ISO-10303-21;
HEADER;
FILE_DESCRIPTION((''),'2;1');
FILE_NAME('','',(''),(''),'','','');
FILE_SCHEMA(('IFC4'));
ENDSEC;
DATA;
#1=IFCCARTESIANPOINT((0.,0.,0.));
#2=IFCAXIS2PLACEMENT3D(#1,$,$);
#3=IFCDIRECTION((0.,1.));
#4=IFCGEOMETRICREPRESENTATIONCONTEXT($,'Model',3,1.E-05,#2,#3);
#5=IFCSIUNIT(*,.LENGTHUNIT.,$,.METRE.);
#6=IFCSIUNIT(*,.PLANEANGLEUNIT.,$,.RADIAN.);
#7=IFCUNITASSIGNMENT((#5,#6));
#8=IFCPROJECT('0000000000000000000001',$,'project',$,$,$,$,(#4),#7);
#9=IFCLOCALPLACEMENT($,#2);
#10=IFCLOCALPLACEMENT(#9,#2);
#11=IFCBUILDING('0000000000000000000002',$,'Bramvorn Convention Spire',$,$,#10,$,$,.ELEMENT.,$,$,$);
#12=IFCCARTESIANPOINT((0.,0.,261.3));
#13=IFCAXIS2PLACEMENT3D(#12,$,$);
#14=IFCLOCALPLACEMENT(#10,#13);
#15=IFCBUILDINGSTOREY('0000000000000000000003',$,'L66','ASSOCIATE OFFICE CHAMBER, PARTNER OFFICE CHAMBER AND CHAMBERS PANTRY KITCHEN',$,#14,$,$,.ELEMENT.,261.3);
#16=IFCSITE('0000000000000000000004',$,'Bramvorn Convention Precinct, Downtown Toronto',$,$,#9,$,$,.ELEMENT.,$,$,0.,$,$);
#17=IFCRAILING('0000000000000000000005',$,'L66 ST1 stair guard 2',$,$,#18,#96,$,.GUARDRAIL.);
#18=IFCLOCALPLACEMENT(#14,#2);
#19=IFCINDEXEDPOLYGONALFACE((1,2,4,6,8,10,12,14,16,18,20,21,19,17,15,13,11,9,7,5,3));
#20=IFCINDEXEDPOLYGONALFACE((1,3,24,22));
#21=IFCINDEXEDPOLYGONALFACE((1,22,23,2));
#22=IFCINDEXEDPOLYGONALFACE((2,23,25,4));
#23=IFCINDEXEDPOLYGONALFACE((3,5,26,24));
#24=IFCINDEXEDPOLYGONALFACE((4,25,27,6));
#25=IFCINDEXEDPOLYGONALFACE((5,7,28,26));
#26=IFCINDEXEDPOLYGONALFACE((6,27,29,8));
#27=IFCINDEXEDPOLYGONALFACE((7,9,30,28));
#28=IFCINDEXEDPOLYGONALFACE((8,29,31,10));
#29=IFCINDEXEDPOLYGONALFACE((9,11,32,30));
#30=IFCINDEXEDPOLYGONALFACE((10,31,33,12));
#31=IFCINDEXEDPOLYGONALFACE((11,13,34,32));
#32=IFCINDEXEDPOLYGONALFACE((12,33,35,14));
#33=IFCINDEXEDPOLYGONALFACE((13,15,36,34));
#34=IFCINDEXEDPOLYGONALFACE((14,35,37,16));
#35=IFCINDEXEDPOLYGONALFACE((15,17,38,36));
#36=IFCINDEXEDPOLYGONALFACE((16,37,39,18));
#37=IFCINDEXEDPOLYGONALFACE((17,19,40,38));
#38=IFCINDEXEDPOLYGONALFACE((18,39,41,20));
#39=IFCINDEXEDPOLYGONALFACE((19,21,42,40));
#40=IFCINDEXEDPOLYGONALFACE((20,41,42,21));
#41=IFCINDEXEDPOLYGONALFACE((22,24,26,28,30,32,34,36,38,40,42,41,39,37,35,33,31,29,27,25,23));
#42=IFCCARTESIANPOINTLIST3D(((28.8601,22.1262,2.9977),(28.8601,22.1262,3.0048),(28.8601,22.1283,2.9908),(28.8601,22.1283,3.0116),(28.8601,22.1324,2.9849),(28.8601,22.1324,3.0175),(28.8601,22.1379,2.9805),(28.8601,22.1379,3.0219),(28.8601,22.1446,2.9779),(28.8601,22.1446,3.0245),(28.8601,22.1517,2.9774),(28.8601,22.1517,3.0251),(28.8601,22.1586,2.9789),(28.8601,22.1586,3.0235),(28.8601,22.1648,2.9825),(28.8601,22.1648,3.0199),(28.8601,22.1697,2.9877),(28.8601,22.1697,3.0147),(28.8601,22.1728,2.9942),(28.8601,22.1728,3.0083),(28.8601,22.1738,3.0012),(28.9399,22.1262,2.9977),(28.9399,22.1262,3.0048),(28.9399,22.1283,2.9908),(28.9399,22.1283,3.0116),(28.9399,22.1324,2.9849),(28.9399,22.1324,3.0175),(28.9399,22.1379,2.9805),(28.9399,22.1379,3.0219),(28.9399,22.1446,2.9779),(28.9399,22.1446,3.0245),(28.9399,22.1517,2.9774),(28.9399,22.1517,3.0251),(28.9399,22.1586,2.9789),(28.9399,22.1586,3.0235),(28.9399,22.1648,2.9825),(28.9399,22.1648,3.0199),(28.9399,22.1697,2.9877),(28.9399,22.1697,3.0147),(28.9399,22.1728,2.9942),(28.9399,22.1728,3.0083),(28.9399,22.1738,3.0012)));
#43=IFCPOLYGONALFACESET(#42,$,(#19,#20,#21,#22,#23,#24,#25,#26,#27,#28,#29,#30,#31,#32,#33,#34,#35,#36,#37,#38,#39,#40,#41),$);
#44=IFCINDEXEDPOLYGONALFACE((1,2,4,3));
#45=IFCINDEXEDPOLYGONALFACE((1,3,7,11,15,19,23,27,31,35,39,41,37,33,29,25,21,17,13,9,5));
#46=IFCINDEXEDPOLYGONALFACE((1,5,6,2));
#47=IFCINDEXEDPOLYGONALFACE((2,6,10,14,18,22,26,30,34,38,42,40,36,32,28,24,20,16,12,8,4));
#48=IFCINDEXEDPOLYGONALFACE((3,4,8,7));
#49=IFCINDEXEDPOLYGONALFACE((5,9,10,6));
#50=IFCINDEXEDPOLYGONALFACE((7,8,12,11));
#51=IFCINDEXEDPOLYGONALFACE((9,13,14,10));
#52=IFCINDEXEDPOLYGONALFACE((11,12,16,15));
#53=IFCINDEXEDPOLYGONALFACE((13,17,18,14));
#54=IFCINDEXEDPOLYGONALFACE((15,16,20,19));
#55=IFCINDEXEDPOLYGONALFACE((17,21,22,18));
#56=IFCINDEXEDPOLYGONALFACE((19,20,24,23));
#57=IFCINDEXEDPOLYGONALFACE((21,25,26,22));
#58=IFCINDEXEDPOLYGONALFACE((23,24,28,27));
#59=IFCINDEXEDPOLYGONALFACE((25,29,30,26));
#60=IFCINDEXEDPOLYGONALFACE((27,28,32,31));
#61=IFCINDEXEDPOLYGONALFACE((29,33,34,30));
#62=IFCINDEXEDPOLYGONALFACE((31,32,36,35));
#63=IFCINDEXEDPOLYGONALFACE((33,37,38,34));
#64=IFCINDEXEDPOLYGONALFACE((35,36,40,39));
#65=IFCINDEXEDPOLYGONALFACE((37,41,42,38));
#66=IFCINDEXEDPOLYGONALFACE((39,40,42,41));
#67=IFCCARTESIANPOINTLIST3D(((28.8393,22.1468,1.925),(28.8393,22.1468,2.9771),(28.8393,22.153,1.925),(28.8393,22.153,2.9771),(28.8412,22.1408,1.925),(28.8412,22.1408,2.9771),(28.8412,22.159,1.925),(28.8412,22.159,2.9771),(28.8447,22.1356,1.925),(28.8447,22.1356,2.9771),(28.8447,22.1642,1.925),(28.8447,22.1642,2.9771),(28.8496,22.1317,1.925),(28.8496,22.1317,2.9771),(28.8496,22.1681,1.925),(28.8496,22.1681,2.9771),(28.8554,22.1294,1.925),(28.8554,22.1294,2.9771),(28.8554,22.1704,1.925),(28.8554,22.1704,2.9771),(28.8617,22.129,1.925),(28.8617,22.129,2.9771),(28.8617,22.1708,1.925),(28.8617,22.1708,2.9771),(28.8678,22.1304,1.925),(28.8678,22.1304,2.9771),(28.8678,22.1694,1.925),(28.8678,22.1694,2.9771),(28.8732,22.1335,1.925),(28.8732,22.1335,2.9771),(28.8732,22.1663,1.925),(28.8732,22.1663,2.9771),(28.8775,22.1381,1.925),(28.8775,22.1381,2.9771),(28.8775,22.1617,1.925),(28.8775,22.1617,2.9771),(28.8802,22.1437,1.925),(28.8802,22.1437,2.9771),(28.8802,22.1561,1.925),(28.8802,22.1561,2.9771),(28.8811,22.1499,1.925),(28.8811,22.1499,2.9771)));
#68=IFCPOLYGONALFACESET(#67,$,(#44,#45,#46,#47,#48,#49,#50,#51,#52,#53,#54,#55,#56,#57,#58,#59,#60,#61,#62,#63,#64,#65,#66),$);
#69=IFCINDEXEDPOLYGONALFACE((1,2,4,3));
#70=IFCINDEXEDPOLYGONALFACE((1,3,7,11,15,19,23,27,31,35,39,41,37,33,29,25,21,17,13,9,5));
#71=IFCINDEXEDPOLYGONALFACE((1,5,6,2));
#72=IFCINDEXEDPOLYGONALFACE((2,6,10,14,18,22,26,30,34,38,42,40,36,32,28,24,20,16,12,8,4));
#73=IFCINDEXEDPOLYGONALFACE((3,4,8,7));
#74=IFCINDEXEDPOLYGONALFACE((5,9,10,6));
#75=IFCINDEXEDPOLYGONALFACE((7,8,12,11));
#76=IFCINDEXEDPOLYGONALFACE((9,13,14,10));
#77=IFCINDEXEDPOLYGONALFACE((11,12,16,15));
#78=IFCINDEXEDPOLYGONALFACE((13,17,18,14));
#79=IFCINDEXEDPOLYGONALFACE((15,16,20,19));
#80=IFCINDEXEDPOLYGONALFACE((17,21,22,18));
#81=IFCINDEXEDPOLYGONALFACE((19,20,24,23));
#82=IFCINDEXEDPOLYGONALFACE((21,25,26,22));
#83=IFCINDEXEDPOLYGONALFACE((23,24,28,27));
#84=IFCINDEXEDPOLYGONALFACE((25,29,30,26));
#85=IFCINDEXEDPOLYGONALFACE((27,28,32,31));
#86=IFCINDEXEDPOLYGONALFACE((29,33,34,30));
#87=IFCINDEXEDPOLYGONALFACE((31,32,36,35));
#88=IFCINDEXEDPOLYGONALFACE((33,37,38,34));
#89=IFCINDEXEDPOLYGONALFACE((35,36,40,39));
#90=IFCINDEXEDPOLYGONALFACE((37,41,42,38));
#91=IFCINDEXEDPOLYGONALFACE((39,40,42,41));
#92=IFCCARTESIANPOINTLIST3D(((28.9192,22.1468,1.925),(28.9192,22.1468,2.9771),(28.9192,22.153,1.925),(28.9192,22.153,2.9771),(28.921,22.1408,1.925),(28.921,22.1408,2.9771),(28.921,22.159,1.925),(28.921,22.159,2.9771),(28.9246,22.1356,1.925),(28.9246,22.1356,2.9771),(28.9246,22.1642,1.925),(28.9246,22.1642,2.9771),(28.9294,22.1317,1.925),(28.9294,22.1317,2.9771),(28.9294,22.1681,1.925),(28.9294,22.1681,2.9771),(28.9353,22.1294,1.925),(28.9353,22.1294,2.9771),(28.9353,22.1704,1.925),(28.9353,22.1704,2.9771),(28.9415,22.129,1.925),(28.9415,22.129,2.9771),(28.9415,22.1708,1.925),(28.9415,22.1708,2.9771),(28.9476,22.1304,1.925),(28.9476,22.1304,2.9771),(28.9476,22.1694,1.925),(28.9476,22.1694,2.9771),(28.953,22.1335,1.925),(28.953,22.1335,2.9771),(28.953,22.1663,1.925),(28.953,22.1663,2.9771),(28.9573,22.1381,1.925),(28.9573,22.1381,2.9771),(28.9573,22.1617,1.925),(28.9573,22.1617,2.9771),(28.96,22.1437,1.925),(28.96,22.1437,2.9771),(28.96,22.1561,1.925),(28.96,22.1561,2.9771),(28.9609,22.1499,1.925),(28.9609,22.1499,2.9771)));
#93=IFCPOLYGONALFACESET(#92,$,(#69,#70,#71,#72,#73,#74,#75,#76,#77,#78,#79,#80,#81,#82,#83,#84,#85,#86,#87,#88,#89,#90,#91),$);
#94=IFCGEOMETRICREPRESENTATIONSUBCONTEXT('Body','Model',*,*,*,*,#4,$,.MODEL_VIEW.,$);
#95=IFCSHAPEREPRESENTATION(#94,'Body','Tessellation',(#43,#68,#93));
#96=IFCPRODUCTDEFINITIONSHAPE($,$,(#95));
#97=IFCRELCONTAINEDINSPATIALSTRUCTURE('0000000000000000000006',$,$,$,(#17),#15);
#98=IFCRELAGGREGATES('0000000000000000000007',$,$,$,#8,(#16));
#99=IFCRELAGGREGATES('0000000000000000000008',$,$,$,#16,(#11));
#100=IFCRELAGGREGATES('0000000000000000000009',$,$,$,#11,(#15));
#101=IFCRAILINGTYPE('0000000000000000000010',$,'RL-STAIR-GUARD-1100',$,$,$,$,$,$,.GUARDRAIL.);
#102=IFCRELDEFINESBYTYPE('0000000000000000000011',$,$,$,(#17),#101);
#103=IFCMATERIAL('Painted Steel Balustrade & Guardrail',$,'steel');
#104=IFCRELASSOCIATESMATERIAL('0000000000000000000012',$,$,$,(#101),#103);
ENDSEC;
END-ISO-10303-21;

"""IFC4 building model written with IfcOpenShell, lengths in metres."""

from ifc_helpers import new_model, si_unit, direction, frame, origin, origin_2d, place, context, subcontext, project, spatial, circle, extrude, material, type_object, element, save


model = new_model("IFC4")

# Units and contexts
model_context = context("Model", 3, precision=1e-05, world=origin(), true_north=direction((0.0, 1.0)))
body_context = subcontext(model_context, "Body", "Model", "MODEL_VIEW")
ifc_project = project(units=[si_unit("LENGTHUNIT", "METRE"), si_unit("PLANEANGLEUNIT", "RADIAN")], contexts=[model_context])

# Site, building, storey
site_placement = place(None, origin())
site = spatial("IfcSite", under=ifc_project, at=site_placement, Name="Bramvorn Convention Precinct, Downtown Toronto", CompositionType="ELEMENT", RefElevation=0.0)
building_placement = place(site_placement, origin())
building = spatial("IfcBuilding", under=site, at=building_placement, Name="Bramvorn Convention Spire", CompositionType="ELEMENT")
storey_placement = place(building_placement, frame((0.0, 0.0, 261.3)))
storey = spatial("IfcBuildingStorey", under=building, at=storey_placement, Name="L66", Description="ASSOCIATE OFFICE CHAMBER, PARTNER OFFICE CHAMBER AND CHAMBERS PANTRY KITCHEN", CompositionType="ELEMENT", Elevation=261.3)

# Railing
ifc_material_1 = material(Name="Painted Steel Balustrade & Guardrail", Category="steel")
railing_type_1 = type_object("IfcRailingType", Name="RL-STAIR-GUARD-1100", PredefinedType="GUARDRAIL", material=ifc_material_1)
railing_1_placement = place(storey_placement, frame((28.8601, 22.1499, 1.925)))
element("IfcRailing", 1, at=railing_1_placement, inside=storey, type_object=railing_type_1, Name="L66 ST1 stair guard 2", PredefinedType="GUARDRAIL", context=body_context, shape_type="SweptSolid", body=[
    extrude(circle(Radius=0.0239, at=origin_2d()), frame((0.0, 0.0, 1.0762), z_axis=(1.0, 0.0, 0.0), x_axis=(0.0, 1.0, 0.0)), (0.0, 0.0, 1.0), 0.0798),
    extrude(circle(Radius=0.021, at=origin_2d()), origin(), (0.0, 0.0, 1.0), 1.052),
    extrude(circle(Radius=0.021, at=origin_2d()), frame((0.0798, 0.0, 0.0)), (0.0, 0.0, 1.0), 1.052),
])

save(model, "model.ifc")
